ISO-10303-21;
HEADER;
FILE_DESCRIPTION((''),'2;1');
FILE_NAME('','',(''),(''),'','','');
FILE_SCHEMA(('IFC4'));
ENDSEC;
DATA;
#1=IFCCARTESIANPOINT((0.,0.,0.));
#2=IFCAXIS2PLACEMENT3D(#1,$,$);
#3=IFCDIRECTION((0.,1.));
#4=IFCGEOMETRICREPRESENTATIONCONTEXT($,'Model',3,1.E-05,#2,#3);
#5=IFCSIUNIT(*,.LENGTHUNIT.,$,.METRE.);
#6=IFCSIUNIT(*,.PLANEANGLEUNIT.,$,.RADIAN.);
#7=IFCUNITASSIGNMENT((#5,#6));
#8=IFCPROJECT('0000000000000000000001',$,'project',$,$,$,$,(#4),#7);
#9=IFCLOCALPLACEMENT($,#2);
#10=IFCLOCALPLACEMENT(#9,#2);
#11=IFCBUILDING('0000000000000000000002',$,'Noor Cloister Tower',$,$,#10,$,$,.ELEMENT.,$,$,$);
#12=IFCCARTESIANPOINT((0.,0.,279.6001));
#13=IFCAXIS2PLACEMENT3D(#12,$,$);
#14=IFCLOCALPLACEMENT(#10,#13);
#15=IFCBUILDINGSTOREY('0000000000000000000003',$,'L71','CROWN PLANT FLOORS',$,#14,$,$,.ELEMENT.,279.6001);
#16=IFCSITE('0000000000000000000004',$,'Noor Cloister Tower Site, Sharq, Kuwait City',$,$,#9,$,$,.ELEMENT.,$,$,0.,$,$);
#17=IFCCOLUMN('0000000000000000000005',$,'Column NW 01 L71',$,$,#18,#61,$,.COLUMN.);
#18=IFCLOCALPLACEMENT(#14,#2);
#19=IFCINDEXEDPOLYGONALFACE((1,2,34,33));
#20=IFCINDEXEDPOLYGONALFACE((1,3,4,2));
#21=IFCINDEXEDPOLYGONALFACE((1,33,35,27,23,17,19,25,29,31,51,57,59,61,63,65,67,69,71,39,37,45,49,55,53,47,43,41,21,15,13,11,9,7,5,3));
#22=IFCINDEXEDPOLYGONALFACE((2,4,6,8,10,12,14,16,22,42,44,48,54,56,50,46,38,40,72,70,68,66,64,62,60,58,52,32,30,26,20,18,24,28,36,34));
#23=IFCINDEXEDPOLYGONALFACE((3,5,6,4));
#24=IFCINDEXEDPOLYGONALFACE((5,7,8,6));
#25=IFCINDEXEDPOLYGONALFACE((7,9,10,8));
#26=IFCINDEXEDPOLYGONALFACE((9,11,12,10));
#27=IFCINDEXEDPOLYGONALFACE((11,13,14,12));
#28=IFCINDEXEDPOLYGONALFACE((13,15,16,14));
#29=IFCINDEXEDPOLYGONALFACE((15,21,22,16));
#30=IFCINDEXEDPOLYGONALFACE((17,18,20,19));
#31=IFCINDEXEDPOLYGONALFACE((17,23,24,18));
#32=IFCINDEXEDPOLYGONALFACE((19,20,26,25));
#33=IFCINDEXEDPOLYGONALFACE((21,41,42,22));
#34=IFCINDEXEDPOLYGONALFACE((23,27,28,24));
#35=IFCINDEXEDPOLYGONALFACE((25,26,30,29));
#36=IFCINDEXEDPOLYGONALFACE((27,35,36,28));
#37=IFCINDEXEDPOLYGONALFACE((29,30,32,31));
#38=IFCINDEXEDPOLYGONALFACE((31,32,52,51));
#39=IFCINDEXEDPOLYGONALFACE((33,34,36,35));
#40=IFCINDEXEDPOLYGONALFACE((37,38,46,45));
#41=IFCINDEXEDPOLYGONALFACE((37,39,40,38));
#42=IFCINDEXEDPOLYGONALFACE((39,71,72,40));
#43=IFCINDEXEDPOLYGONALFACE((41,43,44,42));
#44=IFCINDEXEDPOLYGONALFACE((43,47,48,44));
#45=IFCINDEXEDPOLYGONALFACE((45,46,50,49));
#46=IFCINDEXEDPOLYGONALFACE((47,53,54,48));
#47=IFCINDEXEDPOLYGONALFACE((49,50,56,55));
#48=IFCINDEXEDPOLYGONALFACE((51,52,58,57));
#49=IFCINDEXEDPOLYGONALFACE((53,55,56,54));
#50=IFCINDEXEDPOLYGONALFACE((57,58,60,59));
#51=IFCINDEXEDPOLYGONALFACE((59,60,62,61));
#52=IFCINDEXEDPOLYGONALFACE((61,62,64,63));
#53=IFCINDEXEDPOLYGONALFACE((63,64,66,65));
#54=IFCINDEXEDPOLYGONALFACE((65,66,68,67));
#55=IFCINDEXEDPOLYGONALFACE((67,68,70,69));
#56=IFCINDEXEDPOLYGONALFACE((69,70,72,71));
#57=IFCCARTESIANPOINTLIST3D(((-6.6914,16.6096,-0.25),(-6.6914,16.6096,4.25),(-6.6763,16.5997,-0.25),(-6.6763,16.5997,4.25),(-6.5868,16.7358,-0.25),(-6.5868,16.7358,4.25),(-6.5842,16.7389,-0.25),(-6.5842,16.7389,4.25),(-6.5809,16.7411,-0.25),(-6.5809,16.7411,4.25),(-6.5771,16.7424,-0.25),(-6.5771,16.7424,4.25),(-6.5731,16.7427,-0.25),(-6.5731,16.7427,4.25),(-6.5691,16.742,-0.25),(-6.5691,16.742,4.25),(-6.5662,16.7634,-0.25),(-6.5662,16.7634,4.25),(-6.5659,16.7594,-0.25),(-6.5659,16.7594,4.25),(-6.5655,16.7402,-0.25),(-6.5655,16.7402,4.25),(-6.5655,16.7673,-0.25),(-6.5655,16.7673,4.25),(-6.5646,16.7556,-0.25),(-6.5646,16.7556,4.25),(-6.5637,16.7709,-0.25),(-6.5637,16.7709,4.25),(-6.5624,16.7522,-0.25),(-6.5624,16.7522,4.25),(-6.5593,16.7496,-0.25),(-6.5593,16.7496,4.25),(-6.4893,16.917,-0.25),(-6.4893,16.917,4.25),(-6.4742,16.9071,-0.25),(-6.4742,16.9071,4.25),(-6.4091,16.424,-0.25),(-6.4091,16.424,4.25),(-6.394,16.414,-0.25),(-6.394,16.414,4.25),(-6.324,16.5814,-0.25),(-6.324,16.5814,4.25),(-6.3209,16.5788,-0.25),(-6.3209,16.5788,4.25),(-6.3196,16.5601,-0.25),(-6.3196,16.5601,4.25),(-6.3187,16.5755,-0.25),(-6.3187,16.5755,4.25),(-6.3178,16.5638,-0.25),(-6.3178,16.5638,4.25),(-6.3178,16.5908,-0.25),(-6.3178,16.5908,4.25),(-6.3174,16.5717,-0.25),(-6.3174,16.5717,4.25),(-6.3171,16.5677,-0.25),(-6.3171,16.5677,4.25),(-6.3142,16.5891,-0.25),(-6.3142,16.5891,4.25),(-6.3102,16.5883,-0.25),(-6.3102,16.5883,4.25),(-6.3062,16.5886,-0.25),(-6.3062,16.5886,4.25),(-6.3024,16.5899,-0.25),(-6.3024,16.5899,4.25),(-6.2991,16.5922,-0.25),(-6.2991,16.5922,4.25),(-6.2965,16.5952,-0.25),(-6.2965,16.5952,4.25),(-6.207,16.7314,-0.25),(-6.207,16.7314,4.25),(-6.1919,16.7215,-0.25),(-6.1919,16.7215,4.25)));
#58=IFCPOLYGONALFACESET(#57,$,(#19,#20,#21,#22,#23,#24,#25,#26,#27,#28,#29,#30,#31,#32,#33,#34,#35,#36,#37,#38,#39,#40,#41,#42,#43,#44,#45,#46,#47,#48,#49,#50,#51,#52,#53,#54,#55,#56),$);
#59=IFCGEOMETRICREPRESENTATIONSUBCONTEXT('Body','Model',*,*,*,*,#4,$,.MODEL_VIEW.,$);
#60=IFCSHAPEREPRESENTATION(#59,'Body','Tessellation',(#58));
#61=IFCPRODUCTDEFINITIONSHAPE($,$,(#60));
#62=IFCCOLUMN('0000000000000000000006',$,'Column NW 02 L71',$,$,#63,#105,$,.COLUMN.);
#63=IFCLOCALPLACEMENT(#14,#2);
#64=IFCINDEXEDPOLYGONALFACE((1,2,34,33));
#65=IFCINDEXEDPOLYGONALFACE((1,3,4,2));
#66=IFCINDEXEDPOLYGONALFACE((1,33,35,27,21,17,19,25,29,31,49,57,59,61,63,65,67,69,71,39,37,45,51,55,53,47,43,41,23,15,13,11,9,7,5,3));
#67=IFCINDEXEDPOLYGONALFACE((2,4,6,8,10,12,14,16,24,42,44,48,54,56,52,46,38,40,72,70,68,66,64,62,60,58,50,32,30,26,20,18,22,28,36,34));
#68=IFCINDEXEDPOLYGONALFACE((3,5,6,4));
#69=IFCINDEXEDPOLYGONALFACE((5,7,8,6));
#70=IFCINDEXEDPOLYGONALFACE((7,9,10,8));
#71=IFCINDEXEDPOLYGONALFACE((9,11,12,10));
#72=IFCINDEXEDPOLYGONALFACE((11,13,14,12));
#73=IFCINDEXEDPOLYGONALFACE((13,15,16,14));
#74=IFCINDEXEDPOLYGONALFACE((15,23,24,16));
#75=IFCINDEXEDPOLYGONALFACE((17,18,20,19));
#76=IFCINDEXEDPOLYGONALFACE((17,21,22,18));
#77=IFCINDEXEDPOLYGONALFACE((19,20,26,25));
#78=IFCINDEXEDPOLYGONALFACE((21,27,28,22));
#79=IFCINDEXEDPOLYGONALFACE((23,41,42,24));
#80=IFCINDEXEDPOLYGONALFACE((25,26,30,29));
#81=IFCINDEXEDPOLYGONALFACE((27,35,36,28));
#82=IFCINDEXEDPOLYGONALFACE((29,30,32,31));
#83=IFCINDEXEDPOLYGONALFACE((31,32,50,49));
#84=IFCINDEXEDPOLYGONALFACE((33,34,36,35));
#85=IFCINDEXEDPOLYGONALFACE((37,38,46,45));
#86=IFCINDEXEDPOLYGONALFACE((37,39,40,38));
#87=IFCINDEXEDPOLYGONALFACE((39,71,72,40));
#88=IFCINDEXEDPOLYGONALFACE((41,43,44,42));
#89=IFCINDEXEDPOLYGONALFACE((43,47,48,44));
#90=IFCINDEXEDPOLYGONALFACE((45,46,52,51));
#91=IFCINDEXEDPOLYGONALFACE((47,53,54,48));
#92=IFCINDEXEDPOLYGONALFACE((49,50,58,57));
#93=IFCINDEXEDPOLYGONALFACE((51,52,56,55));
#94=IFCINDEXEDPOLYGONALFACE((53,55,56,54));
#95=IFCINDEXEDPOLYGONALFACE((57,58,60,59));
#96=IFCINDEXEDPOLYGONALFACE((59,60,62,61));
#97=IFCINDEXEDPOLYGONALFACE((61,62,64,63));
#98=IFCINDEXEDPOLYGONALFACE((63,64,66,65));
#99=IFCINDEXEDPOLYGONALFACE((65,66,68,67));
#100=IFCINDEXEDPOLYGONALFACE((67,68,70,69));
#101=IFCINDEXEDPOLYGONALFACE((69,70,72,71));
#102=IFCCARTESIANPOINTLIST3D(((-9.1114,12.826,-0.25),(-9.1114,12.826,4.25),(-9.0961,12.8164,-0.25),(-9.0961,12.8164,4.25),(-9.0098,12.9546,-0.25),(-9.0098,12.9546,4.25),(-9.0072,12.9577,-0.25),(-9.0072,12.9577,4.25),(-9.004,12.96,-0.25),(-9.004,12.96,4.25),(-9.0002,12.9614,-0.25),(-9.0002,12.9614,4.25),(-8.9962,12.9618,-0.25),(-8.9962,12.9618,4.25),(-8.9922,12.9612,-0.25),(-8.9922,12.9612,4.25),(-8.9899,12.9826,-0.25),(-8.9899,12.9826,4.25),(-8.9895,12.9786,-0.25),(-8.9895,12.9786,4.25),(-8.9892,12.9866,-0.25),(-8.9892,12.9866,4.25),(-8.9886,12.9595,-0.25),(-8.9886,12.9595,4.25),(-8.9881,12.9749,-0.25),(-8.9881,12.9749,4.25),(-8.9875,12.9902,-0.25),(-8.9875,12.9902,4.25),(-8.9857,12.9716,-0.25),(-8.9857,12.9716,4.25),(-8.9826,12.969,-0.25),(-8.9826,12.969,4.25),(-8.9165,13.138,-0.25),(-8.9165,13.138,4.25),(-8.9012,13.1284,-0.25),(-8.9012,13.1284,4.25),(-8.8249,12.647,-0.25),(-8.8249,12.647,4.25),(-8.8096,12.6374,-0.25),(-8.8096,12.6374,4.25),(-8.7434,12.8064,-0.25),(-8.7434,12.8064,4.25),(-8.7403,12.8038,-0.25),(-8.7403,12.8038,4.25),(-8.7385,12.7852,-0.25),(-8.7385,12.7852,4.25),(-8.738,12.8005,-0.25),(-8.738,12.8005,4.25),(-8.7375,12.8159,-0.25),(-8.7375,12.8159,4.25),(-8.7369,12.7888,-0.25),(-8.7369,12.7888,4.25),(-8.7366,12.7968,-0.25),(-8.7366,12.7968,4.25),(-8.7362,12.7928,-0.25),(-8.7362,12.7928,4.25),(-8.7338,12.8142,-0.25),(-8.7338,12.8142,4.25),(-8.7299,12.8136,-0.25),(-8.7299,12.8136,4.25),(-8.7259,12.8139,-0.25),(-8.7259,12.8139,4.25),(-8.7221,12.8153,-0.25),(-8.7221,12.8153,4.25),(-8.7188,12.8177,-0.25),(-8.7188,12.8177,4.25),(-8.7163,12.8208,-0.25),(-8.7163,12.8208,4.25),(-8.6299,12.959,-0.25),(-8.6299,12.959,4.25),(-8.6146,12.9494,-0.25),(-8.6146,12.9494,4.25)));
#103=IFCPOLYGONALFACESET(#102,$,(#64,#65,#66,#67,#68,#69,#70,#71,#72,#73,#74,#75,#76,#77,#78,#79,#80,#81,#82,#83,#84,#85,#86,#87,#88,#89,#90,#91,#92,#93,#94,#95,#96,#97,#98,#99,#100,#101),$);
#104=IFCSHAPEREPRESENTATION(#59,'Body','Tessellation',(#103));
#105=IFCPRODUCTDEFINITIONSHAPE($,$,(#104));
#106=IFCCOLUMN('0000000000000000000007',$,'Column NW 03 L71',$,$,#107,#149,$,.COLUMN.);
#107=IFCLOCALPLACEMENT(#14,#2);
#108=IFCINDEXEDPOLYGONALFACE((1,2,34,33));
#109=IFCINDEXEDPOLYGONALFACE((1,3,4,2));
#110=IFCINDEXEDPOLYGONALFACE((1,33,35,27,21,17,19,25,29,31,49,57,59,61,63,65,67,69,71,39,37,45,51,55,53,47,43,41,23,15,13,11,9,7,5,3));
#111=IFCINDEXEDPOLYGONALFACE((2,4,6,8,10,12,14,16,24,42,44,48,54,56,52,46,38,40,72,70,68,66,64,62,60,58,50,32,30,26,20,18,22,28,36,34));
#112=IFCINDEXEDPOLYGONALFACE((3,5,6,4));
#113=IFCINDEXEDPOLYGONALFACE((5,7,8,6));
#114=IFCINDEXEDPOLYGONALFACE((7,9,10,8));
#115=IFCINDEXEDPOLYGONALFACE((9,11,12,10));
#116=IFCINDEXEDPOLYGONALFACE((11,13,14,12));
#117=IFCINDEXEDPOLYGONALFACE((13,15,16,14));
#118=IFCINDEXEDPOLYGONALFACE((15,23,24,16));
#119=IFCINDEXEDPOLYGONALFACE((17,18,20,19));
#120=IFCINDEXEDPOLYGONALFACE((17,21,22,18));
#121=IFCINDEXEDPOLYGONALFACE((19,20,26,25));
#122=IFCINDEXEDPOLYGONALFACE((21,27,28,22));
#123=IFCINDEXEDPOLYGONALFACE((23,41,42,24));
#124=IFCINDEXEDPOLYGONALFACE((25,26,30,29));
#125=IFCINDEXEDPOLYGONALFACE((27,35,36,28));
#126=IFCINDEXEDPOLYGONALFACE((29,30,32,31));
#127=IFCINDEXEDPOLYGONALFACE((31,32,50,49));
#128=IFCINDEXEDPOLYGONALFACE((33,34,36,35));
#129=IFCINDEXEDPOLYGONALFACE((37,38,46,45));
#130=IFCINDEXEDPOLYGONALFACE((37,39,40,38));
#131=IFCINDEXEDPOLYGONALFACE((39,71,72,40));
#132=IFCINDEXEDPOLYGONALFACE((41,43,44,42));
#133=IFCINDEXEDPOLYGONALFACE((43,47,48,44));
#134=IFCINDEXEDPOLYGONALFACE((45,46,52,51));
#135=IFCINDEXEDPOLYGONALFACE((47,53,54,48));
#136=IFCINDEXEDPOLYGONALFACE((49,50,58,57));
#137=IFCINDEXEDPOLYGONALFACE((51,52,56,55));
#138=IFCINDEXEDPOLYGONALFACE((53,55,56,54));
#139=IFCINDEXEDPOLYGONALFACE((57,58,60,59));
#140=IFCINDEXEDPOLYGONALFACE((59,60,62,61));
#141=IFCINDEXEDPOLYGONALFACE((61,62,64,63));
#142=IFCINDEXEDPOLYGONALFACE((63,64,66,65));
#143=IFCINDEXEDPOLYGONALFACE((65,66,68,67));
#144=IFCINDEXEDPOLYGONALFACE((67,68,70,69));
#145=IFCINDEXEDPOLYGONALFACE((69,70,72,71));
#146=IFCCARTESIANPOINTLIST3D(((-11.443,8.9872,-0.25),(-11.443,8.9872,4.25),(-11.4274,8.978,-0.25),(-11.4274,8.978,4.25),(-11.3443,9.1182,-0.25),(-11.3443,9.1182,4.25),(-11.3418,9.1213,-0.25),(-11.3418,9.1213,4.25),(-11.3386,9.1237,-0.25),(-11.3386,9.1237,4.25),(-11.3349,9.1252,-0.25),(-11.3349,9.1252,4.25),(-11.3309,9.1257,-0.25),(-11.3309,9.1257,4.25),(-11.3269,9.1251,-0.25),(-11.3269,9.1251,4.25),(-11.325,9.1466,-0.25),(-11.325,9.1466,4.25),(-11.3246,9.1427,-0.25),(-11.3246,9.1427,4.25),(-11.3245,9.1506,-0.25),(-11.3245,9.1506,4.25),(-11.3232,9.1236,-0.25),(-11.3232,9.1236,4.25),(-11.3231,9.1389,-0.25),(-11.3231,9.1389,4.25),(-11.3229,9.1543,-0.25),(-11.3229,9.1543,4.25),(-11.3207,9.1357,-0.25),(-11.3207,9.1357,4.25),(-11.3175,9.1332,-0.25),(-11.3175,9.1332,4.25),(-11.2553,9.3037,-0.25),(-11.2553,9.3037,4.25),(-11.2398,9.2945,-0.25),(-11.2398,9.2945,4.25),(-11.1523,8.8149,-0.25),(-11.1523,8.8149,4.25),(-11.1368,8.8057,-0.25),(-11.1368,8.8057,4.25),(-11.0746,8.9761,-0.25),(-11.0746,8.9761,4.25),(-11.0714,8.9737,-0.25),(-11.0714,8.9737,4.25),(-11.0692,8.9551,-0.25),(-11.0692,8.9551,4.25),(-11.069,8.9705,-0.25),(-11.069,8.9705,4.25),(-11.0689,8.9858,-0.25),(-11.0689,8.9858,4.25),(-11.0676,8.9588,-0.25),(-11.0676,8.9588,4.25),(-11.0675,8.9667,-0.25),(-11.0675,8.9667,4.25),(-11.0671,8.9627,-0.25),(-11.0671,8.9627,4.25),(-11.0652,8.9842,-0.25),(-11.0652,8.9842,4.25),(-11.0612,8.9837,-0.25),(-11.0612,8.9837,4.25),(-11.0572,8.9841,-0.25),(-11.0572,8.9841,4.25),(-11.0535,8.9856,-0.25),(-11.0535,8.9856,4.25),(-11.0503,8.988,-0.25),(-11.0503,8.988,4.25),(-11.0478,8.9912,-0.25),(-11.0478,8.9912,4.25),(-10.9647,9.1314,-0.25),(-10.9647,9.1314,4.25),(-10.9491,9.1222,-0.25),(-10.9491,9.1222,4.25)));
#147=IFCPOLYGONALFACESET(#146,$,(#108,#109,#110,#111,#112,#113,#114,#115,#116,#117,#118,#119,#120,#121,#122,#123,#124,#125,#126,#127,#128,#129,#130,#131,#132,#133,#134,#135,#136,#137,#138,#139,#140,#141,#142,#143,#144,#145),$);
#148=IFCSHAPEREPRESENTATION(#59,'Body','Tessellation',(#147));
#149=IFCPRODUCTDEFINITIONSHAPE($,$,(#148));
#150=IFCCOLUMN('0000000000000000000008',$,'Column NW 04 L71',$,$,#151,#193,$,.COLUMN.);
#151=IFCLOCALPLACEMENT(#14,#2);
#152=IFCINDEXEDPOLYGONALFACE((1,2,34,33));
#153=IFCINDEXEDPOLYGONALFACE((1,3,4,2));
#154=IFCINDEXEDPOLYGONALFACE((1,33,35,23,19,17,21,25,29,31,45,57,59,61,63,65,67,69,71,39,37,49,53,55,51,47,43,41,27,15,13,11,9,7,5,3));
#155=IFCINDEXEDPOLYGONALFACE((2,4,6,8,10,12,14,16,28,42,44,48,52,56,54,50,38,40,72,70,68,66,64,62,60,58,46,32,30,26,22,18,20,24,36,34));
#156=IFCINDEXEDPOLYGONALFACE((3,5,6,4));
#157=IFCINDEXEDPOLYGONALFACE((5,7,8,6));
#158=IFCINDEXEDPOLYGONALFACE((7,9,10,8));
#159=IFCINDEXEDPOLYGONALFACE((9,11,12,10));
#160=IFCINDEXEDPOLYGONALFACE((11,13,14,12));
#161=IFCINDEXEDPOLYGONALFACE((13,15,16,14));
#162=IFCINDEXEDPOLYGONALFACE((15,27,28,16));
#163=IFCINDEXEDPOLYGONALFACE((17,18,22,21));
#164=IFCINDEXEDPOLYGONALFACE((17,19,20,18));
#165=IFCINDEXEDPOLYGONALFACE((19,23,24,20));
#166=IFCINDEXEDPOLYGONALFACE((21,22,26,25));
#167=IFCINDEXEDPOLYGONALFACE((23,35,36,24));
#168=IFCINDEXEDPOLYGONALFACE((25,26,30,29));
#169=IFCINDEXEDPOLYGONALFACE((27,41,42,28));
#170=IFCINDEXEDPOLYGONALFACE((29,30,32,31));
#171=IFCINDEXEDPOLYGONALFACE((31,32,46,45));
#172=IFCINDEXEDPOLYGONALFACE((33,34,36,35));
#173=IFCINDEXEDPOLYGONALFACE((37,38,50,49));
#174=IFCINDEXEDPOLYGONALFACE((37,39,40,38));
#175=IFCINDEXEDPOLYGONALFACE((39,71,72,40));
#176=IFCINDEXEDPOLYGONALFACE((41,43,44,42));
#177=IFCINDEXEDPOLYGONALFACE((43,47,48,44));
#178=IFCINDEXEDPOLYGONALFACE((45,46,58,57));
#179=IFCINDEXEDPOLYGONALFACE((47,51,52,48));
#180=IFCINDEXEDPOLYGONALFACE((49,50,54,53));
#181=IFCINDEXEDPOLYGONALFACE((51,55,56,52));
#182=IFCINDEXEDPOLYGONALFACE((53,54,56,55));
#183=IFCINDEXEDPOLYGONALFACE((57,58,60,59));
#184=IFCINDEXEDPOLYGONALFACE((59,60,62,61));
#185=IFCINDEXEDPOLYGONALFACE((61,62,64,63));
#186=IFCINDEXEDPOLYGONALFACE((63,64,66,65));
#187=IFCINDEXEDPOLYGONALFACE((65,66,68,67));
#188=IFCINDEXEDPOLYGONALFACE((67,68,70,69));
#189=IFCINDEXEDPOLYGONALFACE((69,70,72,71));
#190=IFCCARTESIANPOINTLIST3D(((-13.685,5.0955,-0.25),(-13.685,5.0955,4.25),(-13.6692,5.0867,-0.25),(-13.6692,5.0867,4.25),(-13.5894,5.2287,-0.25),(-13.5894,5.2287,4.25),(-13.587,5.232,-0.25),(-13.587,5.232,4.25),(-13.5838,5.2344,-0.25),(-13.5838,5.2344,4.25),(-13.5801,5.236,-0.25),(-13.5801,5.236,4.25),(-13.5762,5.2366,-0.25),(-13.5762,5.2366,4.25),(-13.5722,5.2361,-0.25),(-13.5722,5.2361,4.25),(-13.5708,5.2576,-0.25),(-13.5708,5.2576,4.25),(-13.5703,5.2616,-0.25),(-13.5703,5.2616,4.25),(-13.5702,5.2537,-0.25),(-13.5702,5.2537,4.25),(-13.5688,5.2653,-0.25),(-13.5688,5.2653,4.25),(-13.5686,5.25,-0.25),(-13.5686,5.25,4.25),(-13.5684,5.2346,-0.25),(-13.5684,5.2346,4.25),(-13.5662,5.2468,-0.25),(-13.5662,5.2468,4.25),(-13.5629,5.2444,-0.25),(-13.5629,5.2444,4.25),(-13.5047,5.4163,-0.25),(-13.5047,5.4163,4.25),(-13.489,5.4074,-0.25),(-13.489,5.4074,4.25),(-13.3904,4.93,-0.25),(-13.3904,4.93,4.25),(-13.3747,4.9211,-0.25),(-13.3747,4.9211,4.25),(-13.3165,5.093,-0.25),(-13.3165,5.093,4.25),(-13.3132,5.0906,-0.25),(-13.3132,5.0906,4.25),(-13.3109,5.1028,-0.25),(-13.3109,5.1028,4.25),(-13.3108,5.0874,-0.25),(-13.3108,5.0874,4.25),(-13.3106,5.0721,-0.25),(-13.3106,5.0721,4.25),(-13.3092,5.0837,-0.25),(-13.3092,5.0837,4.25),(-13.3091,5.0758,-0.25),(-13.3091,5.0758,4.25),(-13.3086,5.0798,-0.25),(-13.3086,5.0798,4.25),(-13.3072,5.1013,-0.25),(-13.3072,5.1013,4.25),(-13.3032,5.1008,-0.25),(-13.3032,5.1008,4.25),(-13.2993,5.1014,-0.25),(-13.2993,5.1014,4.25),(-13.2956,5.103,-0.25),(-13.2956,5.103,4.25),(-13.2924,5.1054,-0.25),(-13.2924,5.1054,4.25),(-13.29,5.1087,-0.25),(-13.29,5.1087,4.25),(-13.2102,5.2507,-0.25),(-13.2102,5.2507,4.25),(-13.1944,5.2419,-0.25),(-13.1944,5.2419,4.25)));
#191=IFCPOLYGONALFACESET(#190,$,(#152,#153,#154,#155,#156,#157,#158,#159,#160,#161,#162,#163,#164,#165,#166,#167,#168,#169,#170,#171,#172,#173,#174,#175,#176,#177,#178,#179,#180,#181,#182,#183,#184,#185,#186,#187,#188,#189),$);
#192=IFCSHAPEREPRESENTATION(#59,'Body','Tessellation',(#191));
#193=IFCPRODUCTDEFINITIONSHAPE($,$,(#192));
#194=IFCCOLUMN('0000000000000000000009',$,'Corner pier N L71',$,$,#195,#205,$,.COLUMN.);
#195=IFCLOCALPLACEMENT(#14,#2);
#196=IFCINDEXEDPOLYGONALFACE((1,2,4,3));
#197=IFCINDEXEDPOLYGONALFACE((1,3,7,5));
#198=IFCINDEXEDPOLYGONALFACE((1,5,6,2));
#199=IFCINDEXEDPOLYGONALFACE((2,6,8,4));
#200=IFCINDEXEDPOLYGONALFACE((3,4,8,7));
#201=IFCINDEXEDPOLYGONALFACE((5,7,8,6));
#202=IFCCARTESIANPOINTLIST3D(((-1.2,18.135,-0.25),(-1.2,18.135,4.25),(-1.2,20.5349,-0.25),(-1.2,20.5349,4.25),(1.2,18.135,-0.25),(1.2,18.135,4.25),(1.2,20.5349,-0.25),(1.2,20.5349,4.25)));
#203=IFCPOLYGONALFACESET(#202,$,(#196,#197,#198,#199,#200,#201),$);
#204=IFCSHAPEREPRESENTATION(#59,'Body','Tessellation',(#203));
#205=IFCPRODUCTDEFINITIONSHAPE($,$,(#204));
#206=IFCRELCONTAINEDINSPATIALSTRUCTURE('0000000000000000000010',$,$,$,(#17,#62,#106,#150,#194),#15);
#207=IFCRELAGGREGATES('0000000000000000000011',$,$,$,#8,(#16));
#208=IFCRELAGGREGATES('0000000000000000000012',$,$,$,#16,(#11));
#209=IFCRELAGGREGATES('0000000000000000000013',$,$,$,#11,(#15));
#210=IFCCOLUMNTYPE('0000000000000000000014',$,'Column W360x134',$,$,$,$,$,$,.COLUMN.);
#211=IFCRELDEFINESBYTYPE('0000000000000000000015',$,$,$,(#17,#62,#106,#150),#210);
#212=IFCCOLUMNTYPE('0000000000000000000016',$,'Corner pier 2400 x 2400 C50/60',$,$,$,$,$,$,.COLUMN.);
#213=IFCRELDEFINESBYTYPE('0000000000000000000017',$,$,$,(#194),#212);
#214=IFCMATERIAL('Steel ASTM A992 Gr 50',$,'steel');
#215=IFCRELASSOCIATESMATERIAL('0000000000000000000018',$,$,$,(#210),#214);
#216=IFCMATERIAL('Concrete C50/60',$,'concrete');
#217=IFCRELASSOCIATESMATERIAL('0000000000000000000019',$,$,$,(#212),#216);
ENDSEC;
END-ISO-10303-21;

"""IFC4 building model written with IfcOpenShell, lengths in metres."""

from ifc_helpers import new_model, si_unit, direction, frame, origin, origin_2d, place, context, subcontext, project, spatial, rectangle, i_section, extrude, material, material_profile, profile_set, type_object, element, save


model = new_model("IFC4")

# Units and contexts
model_context = context("Model", 3, precision=1e-05, world=origin(), true_north=direction((0.0, 1.0)))
body_context = subcontext(model_context, "Body", "Model", "MODEL_VIEW")
ifc_project = project(units=[si_unit("LENGTHUNIT", "METRE"), si_unit("PLANEANGLEUNIT", "RADIAN")], contexts=[model_context])

# Site, building, storey
site_placement = place(None, origin())
site = spatial("IfcSite", under=ifc_project, at=site_placement, Name="Noor Cloister Tower Site, Sharq, Kuwait City", CompositionType="ELEMENT", RefElevation=0.0)
building_placement = place(site_placement, origin())
building = spatial("IfcBuilding", under=site, at=building_placement, Name="Noor Cloister Tower", CompositionType="ELEMENT")
storey_placement = place(building_placement, frame((0.0, 0.0, 279.6001)))
storey = spatial("IfcBuildingStorey", under=building, at=storey_placement, Name="L71", Description="CROWN PLANT FLOORS", CompositionType="ELEMENT", Elevation=279.6001)

# Columns
ifc_material_1 = material(Name="Steel ASTM A992 Gr 50", Category="steel")
ifc_material_profile_1 = material_profile(ifc_material_1, i_section(OverallWidth=0.3679, OverallDepth=0.356, WebThickness=0.0112, FlangeThickness=0.0181, FilletRadius=0.0154, at=origin_2d()), Name="W360x134")
ifc_profile_set_1 = profile_set([ifc_material_profile_1], Name="Steel ASTM A992 Gr 50")
column_type_1 = type_object("IfcColumnType", Name="Column W360x134", PredefinedType="COLUMN", material=ifc_profile_set_1)
for number, where, z_axis, x_axis, name in (
    (1, (-6.4417, 16.6655, -0.25), (0.0, 0.0, 1.0), (-0.549345, -0.835596, 0.0), "Column NW 01 L71"),
    (2, (-8.863, 12.8877, -0.25), (0.0, 0.0, 1.0), (-0.529819, -0.848111, 0.0), "Column NW 02 L71"),
    (3, (-11.196, 9.0547, -0.25), (0.0, 0.0, 1.0), (-0.510009, -0.860169, 0.0), "Column NW 03 L71"),
    (4, (-13.4397, 5.1687, -0.25), (0.0, 0.0, 1.0), (-0.489924, -0.871765, 0.0), "Column NW 04 L71"),
):
    element("IfcColumn", number, at=place(storey_placement, frame(where, z_axis=z_axis, x_axis=x_axis)), inside=storey, type_object=column_type_1, Name=name, PredefinedType="COLUMN", context=body_context, shape_type="SweptSolid", body=[
        extrude(i_section(OverallWidth=0.3679, OverallDepth=0.356, WebThickness=0.0112, FlangeThickness=0.0181, FilletRadius=0.0154, at=origin_2d()), origin(), (0.0, 0.0, 1.0), 4.5),
    ])
ifc_material_2 = material(Name="Concrete C50/60", Category="concrete")
ifc_material_profile_2 = material_profile(ifc_material_2, rectangle(XDim=2.3999, YDim=2.3999, at=origin_2d()), Name="RC 2400x2400")
ifc_profile_set_2 = profile_set([ifc_material_profile_2], Name="Concrete C50/60")
column_type_2 = type_object("IfcColumnType", Name="Corner pier 2400 x 2400 C50/60", PredefinedType="COLUMN", material=ifc_profile_set_2)
column_placement = place(storey_placement, frame((0.0, 19.335, -0.25), z_axis=(0.0, 0.0, 1.0), x_axis=(0.0, 1.0, 0.0)))
element("IfcColumn", 5, at=column_placement, inside=storey, type_object=column_type_2, Name="Corner pier N L71", PredefinedType="COLUMN", context=body_context, shape_type="SweptSolid", body=[
    extrude(rectangle(XDim=2.3999, YDim=2.3999, at=origin_2d()), origin(), (0.0, 0.0, 1.0), 4.5),
])

save(model, "model.ifc")
